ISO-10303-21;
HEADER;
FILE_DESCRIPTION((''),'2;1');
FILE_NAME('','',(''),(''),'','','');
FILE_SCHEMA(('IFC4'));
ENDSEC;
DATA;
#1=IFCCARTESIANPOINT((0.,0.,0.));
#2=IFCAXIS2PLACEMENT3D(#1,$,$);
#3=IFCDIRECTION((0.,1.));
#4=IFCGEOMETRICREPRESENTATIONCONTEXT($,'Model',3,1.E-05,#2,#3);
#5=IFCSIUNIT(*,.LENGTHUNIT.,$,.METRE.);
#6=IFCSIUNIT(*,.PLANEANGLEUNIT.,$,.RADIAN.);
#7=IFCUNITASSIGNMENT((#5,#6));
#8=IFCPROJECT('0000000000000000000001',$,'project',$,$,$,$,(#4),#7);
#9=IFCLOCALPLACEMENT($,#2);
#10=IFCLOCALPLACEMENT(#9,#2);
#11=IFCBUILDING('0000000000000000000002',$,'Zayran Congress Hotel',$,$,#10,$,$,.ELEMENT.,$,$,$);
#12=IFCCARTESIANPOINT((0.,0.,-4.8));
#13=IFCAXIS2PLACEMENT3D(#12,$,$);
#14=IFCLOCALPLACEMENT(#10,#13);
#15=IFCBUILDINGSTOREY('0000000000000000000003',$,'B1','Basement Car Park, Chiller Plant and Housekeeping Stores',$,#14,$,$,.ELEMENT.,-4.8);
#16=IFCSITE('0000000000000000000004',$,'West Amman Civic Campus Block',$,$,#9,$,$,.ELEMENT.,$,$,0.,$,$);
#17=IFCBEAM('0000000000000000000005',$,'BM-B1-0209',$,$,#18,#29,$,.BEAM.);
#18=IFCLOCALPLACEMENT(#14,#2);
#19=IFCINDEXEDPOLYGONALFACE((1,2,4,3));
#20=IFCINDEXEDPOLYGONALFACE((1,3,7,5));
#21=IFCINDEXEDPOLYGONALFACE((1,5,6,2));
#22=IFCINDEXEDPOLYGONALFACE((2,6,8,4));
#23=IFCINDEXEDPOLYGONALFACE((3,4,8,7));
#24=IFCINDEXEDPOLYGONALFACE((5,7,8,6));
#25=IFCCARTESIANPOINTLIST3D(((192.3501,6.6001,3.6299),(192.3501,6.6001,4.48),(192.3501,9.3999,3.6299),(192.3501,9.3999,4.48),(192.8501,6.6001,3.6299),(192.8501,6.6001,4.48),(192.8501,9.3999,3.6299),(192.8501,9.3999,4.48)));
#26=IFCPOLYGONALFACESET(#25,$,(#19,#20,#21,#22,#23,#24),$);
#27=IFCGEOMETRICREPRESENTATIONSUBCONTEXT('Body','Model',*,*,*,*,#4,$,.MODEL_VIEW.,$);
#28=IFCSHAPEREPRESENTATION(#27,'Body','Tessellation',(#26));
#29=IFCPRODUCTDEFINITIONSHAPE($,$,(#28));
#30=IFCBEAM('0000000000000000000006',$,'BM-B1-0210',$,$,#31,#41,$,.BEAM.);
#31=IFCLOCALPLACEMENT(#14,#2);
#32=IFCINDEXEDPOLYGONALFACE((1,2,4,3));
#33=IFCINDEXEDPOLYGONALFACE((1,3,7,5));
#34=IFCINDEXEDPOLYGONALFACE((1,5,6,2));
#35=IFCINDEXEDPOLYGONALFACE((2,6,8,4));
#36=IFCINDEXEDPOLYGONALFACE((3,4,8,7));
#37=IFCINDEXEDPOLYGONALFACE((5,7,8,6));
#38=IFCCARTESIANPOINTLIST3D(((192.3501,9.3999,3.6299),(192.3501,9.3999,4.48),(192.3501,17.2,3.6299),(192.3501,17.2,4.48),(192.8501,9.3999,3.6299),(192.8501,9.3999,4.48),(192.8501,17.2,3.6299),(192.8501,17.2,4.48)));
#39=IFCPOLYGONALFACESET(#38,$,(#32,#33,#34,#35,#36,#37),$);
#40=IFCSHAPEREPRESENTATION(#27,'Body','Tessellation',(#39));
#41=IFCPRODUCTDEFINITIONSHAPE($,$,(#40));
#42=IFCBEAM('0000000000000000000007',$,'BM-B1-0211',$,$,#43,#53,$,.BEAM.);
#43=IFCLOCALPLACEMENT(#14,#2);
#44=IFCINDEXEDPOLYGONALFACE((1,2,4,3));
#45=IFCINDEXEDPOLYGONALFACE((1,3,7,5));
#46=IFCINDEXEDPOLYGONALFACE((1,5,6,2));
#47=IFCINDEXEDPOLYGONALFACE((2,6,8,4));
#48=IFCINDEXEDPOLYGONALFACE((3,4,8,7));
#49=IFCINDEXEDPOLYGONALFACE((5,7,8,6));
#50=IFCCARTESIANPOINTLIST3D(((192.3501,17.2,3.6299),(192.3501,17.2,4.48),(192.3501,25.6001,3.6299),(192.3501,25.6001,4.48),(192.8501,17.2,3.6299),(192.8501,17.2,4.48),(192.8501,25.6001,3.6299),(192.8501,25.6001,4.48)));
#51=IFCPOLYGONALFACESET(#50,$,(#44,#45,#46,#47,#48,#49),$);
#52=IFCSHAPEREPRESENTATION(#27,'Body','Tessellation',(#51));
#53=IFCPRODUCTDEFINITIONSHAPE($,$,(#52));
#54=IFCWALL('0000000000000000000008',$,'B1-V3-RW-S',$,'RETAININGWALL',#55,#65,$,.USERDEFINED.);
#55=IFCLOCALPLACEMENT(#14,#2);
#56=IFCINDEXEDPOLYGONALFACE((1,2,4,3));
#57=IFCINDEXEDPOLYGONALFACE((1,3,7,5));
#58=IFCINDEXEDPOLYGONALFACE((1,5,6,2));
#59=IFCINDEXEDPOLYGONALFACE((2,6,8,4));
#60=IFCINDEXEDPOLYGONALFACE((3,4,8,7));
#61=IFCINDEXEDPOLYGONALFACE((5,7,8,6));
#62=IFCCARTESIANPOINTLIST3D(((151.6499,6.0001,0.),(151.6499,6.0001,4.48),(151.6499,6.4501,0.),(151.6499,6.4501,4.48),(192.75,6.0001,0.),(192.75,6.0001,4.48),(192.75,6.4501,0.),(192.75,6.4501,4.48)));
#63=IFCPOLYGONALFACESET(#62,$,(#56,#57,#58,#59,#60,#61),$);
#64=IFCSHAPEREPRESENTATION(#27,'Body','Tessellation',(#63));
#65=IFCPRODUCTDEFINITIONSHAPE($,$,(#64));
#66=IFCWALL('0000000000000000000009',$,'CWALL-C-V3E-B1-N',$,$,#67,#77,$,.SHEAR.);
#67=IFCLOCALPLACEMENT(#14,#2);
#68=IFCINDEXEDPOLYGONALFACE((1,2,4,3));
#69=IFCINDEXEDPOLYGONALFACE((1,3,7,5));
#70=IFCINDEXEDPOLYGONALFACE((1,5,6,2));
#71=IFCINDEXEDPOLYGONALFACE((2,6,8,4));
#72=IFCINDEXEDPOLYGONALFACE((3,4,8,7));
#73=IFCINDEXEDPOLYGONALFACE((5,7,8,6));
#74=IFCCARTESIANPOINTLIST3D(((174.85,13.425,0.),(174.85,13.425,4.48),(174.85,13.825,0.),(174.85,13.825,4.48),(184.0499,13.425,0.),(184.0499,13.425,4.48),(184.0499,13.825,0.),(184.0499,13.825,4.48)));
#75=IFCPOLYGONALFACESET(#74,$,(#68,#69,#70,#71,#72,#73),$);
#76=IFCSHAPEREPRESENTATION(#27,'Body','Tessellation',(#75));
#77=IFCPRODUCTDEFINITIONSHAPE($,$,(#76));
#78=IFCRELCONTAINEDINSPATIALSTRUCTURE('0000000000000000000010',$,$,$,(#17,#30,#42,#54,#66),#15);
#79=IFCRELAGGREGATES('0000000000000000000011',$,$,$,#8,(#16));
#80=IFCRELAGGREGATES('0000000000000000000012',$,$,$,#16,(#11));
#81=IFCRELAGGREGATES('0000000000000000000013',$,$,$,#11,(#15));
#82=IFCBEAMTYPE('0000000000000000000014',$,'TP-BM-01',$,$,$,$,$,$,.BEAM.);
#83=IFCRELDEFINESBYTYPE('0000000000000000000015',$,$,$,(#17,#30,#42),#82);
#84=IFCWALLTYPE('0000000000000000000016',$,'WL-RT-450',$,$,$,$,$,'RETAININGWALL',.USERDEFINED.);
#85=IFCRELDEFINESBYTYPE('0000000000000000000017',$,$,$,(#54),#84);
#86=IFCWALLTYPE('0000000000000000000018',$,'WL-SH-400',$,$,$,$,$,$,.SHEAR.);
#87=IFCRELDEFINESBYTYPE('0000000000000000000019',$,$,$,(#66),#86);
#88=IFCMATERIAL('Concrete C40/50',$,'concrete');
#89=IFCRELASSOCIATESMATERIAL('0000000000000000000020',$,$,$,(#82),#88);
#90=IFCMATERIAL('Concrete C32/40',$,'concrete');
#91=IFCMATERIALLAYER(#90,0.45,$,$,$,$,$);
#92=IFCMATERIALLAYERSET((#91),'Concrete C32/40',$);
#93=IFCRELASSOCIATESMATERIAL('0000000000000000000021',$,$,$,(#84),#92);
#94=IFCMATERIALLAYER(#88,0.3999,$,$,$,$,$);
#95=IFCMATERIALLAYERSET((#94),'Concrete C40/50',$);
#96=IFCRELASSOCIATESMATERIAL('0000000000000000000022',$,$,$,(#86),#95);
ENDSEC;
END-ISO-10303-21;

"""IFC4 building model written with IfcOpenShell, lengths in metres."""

from ifc_helpers import new_model, si_unit, direction, frame, frame_2d, origin, origin_2d, place, context, subcontext, project, spatial, rectangle, extrude, material, layer, layer_set, material_profile, profile_set, type_object, element, save


model = new_model("IFC4")

# Units and contexts
model_context = context("Model", 3, precision=1e-05, world=origin(), true_north=direction((0.0, 1.0)))
body_context = subcontext(model_context, "Body", "Model", "MODEL_VIEW")
ifc_project = project(units=[si_unit("LENGTHUNIT", "METRE"), si_unit("PLANEANGLEUNIT", "RADIAN")], contexts=[model_context])

# Site, building, storey
site_placement = place(None, origin())
site = spatial("IfcSite", under=ifc_project, at=site_placement, Name="West Amman Civic Campus Block", CompositionType="ELEMENT", RefElevation=0.0)
building_placement = place(site_placement, origin())
building = spatial("IfcBuilding", under=site, at=building_placement, Name="Zayran Congress Hotel", CompositionType="ELEMENT")
storey_placement = place(building_placement, frame((0.0, 0.0, -4.8)))
storey = spatial("IfcBuildingStorey", under=building, at=storey_placement, Name="B1", Description="Basement Car Park, Chiller Plant and Housekeeping Stores", CompositionType="ELEMENT", Elevation=-4.8)

# Shared definitions
ifc_material_1 = material(Name="Concrete C40/50", Category="concrete")

# Beams
ifc_material_profile_1 = material_profile(ifc_material_1, rectangle(XDim=0.5, YDim=0.8501, at=origin_2d()), Name="RC 500x850")
ifc_profile_set_1 = profile_set([ifc_material_profile_1], Name="Concrete C40/50")
beam_type = type_object("IfcBeamType", Name="TP-BM-01", PredefinedType="BEAM", material=ifc_profile_set_1)
beam_1_placement = place(storey_placement, frame((192.6001, 6.6001, 4.0549), z_axis=(0.0, 1.0, 0.0), x_axis=(-1.0, 0.0, 0.0)))
element("IfcBeam", 1, at=beam_1_placement, inside=storey, type_object=beam_type, Name="BM-B1-0209", PredefinedType="BEAM", context=body_context, shape_type="SweptSolid", body=[
    extrude(rectangle(XDim=0.5, YDim=0.8501, at=origin_2d()), origin(), (0.0, 0.0, 1.0), 2.7998),
])
beam_2_placement = place(storey_placement, frame((192.6001, 9.3999, 4.0549), z_axis=(0.0, 1.0, 0.0), x_axis=(-1.0, 0.0, 0.0)))
element("IfcBeam", 2, at=beam_2_placement, inside=storey, type_object=beam_type, Name="BM-B1-0210", PredefinedType="BEAM", context=body_context, shape_type="SweptSolid", body=[
    extrude(rectangle(XDim=0.5, YDim=0.8501, at=origin_2d()), origin(), (0.0, 0.0, 1.0), 7.8),
])
beam_3_placement = place(storey_placement, frame((192.6001, 17.2, 4.0549), z_axis=(0.0, 1.0, 0.0), x_axis=(-1.0, 0.0, 0.0)))
element("IfcBeam", 3, at=beam_3_placement, inside=storey, type_object=beam_type, Name="BM-B1-0211", PredefinedType="BEAM", context=body_context, shape_type="SweptSolid", body=[
    extrude(rectangle(XDim=0.5, YDim=0.8501, at=origin_2d()), origin(), (0.0, 0.0, 1.0), 8.4001),
])

# Walls
ifc_material_2 = material(Name="Concrete C32/40", Category="concrete")
ifc_layer_1 = layer(ifc_material_2, 0.45)
ifc_layer_set_1 = layer_set([ifc_layer_1], Name="Concrete C32/40")
wall_type_1 = type_object("IfcWallType", Name="WL-RT-450", ElementType="RETAININGWALL", PredefinedType="USERDEFINED", material=ifc_layer_set_1)
wall_1_placement = place(storey_placement, frame((192.75, 6.2251, 0.0), z_axis=(0.0, 0.0, 1.0), x_axis=(-1.0, 0.0, 0.0)))
element("IfcWall", 4, at=wall_1_placement, inside=storey, type_object=wall_type_1, Name="B1-V3-RW-S", ObjectType="RETAININGWALL", PredefinedType="USERDEFINED", context=body_context, shape_type="SweptSolid", body=[
    extrude(rectangle(XDim=41.1001, YDim=0.45, at=frame_2d((20.55, 0.0))), origin(), (0.0, 0.0, 1.0), 4.48),
])
ifc_layer_2 = layer(ifc_material_1, 0.3999)
ifc_layer_set_2 = layer_set([ifc_layer_2], Name="Concrete C40/50")
wall_type_2 = type_object("IfcWallType", Name="WL-SH-400", PredefinedType="SHEAR", material=ifc_layer_set_2)
wall_2_placement = place(storey_placement, frame((184.05, 13.625, 0.0), z_axis=(0.0, 0.0, 1.0), x_axis=(-1.0, 0.0, 0.0)))
element("IfcWall", 5, at=wall_2_placement, inside=storey, type_object=wall_type_2, Name="CWALL-C-V3E-B1-N", PredefinedType="SHEAR", context=body_context, shape_type="SweptSolid", body=[
    extrude(rectangle(XDim=9.2, YDim=0.3999, at=frame_2d((4.6001, 0.0))), origin(), (0.0, 0.0, 1.0), 4.48),
])

save(model, "model.ifc")
